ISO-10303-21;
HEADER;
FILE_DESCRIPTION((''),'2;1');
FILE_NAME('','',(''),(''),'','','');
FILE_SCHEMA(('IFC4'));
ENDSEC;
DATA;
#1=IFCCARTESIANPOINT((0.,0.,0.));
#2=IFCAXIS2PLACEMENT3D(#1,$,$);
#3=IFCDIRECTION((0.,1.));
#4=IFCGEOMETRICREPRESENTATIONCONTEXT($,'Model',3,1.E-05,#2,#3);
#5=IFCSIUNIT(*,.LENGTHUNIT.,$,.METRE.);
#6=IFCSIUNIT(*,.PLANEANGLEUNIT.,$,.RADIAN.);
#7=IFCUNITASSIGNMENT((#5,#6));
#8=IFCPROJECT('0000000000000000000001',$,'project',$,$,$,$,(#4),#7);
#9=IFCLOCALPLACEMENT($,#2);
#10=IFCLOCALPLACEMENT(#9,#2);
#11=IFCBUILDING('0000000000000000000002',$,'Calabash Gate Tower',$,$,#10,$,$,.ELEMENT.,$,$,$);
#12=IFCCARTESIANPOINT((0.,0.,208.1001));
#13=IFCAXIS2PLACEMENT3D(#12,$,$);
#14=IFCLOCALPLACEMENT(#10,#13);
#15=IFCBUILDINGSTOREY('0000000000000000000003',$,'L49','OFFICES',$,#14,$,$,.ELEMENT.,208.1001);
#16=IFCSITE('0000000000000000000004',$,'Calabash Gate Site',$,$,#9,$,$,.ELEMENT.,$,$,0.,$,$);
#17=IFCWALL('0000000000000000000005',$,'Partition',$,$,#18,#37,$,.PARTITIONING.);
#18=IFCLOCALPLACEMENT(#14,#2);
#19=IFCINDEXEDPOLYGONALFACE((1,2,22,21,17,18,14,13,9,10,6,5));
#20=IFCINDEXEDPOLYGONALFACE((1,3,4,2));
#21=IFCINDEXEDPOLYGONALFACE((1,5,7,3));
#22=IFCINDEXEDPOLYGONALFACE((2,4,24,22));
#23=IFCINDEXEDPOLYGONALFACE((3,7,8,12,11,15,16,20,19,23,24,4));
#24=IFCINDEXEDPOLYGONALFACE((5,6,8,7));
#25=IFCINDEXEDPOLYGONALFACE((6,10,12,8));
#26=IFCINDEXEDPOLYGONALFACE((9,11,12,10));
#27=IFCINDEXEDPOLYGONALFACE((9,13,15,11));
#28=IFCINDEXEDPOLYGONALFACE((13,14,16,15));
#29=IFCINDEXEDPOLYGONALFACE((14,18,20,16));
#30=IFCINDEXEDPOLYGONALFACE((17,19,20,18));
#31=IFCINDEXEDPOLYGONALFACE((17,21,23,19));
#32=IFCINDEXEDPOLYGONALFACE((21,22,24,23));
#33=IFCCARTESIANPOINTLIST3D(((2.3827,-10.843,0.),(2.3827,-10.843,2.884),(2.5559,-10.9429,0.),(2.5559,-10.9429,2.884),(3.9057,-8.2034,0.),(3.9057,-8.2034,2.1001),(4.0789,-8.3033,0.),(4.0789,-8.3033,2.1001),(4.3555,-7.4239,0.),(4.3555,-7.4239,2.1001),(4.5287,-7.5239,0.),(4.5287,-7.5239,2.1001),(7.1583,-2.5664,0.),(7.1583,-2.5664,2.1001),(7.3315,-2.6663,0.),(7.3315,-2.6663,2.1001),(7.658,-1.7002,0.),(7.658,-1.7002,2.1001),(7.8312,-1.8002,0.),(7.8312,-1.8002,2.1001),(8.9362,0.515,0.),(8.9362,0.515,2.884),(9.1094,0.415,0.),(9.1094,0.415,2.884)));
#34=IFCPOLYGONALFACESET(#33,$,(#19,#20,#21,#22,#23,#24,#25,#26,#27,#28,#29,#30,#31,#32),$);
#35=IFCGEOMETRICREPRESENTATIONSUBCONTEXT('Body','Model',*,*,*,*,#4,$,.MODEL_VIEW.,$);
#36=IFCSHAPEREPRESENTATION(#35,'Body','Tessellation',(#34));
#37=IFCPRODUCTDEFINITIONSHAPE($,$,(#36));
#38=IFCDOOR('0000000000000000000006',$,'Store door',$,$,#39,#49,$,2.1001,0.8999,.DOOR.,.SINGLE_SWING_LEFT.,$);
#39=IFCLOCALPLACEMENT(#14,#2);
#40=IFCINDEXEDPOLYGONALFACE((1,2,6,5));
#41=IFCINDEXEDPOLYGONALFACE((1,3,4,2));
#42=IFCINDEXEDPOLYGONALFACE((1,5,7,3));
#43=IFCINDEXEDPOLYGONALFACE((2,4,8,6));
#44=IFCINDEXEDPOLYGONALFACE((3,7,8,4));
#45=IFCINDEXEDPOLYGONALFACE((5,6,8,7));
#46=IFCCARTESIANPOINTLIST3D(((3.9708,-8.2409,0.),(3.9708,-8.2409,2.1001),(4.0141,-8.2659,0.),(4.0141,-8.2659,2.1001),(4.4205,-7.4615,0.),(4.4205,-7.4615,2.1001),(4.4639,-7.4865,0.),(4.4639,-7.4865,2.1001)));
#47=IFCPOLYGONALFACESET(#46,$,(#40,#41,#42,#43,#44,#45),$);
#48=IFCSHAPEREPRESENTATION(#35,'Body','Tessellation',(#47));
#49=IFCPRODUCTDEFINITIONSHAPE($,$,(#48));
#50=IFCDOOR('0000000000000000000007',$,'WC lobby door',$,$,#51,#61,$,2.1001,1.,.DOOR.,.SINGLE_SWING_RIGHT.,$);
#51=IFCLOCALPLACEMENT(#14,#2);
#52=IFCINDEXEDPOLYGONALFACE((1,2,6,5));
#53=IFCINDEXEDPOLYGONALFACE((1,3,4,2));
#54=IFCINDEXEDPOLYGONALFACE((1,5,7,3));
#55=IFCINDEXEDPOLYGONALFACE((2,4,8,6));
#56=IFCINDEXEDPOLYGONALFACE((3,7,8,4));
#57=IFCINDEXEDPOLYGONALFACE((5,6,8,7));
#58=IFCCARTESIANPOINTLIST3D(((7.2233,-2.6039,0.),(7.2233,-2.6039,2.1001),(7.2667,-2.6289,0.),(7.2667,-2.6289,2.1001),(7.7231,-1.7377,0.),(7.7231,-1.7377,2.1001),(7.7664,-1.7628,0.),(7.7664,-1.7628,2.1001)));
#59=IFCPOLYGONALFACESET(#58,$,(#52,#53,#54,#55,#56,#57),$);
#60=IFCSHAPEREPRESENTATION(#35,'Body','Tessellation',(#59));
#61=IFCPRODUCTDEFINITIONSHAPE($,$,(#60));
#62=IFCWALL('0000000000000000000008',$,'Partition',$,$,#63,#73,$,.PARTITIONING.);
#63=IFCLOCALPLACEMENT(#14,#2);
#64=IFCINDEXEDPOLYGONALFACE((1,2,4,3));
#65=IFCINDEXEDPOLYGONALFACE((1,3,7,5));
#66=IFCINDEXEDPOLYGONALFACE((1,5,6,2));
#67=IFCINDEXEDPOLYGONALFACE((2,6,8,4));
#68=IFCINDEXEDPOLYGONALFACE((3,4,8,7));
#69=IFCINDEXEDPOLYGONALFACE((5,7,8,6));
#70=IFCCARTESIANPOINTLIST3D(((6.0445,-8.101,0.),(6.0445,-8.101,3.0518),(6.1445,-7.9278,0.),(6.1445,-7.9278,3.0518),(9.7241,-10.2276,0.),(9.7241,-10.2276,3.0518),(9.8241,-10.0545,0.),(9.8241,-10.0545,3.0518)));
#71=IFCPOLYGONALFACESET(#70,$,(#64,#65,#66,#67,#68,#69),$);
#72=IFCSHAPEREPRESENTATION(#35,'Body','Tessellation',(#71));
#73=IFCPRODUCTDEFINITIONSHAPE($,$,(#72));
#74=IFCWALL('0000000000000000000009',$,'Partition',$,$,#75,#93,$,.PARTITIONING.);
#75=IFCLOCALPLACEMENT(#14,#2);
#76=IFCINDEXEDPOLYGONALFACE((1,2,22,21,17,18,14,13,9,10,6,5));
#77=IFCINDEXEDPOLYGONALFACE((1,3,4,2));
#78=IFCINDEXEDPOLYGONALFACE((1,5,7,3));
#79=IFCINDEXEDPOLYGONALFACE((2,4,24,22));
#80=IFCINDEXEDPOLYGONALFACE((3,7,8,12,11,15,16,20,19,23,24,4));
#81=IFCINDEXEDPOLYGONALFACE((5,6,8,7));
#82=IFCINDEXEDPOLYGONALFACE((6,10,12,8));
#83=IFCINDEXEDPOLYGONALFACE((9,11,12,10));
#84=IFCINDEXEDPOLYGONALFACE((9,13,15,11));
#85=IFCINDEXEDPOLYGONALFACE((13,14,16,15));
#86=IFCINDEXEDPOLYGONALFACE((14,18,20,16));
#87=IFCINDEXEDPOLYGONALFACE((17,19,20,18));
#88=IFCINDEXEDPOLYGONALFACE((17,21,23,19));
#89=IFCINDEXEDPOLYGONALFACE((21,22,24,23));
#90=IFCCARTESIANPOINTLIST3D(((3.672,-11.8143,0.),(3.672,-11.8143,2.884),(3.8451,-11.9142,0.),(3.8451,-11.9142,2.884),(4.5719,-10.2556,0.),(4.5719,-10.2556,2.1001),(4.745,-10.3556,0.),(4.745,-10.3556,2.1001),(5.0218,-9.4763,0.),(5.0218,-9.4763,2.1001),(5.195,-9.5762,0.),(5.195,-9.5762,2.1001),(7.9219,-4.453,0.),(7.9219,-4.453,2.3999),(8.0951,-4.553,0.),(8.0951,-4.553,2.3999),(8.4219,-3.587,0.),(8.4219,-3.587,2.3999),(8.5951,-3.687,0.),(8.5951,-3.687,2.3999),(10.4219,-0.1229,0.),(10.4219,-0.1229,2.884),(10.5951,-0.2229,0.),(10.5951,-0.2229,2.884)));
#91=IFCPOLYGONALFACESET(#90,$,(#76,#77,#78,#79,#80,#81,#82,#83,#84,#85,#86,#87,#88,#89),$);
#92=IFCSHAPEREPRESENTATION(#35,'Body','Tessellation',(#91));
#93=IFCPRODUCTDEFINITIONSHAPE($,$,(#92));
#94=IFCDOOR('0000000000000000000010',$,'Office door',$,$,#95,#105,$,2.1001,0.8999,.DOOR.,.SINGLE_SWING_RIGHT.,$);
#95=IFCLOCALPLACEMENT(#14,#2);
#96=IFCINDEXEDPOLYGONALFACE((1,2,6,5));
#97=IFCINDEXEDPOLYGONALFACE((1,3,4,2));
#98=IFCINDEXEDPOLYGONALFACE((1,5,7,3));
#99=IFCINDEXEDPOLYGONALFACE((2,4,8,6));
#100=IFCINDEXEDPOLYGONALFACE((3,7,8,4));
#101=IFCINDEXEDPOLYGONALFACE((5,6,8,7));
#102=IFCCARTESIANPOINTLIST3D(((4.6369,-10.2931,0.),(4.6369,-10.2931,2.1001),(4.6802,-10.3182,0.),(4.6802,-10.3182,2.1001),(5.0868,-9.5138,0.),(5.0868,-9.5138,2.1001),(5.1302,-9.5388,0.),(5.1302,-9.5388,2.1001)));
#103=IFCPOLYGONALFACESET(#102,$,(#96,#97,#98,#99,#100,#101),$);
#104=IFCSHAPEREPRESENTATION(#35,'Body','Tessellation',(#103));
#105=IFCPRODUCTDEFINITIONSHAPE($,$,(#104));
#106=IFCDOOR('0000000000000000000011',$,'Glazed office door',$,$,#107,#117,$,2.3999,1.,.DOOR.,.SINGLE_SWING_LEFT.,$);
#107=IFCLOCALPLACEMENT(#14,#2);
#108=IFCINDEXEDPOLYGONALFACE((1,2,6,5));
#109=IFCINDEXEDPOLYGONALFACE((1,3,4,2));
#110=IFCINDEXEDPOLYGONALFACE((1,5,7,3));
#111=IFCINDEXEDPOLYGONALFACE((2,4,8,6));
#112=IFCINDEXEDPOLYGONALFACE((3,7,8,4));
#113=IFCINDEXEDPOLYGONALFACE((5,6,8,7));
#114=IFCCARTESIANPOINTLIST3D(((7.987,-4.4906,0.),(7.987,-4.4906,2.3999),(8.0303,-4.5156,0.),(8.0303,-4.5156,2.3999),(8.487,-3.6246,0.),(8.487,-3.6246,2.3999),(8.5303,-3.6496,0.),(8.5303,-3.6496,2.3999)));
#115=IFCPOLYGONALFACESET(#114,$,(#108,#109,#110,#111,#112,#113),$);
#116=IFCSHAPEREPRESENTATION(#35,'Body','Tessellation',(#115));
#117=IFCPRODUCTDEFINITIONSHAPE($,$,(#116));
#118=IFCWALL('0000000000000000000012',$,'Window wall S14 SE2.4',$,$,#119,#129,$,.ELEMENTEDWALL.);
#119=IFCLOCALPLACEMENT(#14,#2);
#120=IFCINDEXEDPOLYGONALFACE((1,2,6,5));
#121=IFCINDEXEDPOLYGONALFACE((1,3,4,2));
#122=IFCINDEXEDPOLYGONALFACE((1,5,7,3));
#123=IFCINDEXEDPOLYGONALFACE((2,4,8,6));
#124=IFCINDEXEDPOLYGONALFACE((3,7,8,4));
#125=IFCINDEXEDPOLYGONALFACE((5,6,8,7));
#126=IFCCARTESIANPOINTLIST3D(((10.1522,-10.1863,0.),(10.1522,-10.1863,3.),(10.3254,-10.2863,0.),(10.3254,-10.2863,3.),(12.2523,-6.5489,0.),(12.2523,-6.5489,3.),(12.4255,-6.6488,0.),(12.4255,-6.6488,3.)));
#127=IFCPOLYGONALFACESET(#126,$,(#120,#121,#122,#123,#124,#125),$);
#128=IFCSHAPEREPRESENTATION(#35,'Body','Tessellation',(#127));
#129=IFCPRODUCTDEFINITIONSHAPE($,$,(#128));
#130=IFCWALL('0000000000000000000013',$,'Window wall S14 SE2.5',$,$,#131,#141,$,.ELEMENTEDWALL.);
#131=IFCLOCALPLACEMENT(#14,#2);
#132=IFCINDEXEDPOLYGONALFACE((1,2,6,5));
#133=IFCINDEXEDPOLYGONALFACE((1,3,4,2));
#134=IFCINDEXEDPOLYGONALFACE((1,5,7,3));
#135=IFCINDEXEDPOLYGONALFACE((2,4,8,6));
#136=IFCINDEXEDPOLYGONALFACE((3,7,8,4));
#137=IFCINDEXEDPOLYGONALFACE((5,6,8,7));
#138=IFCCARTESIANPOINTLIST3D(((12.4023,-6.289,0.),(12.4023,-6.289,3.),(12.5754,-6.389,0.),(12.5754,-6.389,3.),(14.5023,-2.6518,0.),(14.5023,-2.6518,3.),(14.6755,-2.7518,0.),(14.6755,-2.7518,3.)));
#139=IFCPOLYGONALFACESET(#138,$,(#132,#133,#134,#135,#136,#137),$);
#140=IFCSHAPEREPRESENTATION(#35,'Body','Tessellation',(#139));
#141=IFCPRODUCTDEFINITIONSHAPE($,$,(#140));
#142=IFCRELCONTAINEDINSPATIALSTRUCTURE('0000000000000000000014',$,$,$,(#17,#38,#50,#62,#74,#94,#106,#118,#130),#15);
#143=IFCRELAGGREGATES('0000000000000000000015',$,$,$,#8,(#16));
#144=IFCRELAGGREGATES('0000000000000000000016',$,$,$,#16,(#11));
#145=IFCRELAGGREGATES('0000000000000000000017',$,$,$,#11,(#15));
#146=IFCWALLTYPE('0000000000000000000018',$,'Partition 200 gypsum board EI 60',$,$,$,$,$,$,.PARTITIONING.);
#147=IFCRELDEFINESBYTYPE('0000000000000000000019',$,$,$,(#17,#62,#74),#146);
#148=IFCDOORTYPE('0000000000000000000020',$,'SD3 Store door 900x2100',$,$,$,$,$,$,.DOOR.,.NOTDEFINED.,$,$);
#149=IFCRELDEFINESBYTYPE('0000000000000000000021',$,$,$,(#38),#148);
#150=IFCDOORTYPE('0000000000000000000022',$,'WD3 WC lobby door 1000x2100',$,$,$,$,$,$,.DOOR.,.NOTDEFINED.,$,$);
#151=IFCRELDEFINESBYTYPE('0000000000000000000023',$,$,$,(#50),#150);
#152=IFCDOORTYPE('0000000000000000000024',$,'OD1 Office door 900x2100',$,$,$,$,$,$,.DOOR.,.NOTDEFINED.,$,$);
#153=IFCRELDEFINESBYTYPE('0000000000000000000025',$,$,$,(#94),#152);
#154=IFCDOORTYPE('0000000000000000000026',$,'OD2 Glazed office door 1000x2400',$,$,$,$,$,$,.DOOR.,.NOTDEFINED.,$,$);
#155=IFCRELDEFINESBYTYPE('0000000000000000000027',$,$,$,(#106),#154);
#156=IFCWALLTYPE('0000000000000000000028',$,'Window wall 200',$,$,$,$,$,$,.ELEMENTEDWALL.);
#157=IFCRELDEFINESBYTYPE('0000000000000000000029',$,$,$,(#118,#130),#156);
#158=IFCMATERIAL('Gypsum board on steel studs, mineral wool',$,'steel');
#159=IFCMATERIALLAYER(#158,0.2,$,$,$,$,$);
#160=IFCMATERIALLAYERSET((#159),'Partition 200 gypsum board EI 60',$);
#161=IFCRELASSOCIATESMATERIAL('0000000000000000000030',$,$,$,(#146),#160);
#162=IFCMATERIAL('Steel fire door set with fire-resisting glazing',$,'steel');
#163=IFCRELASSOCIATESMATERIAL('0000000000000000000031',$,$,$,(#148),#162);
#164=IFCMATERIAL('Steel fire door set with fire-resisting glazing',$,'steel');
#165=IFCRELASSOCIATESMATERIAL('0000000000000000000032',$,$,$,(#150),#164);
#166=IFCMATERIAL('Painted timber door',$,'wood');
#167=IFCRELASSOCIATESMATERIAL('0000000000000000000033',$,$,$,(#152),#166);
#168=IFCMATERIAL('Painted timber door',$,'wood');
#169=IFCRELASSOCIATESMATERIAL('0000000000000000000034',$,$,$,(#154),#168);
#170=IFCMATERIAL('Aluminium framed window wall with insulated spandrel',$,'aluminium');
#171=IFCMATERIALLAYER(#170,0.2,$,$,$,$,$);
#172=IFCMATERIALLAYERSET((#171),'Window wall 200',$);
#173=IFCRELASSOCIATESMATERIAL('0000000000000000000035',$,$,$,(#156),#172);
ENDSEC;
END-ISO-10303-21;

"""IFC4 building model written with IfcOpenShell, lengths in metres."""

from ifc_helpers import new_model, si_unit, direction, frame, frame_2d, origin, place, context, subcontext, project, spatial, rectangle, extrude, material, layer, layer_set, type_object, element, fill, save


model = new_model("IFC4")

# Units and contexts
model_context = context("Model", 3, precision=1e-05, world=origin(), true_north=direction((0.0, 1.0)))
body_context = subcontext(model_context, "Body", "Model", "MODEL_VIEW")
ifc_project = project(units=[si_unit("LENGTHUNIT", "METRE"), si_unit("PLANEANGLEUNIT", "RADIAN")], contexts=[model_context])

# Site, building, storey
site_placement = place(None, origin())
site = spatial("IfcSite", under=ifc_project, at=site_placement, Name="Calabash Gate Site", CompositionType="ELEMENT", RefElevation=0.0)
building_placement = place(site_placement, origin())
building = spatial("IfcBuilding", under=site, at=building_placement, Name="Calabash Gate Tower", CompositionType="ELEMENT")
storey_placement = place(building_placement, frame((0.0, 0.0, 208.1001)))
storey = spatial("IfcBuildingStorey", under=building, at=storey_placement, Name="L49", Description="OFFICES", CompositionType="ELEMENT", Elevation=208.1001)

# Shared definitions
ifc_material_1 = material(Name="Gypsum board on steel studs, mineral wool", Category="steel")
ifc_layer_1 = layer(ifc_material_1, 0.2)
ifc_layer_set_1 = layer_set([ifc_layer_1], Name="Partition 200 gypsum board EI 60")
wall_type_1 = type_object("IfcWallType", Name="Partition 200 gypsum board EI 60", PredefinedType="PARTITIONING", material=ifc_layer_set_1)

# Wall, openings, doors
wall_1_placement = place(storey_placement, frame((2.4692, -10.8931, 0.0), z_axis=(0.0, 0.0, 1.0), x_axis=(0.49977, 0.866158, 0.0)))
wall_1 = element("IfcWall", 1, at=wall_1_placement, inside=storey, type_object=wall_type_1, Name="Partition", PredefinedType="PARTITIONING", context=body_context, shape_type="SweptSolid", body=[
    extrude(rectangle(XDim=13.113, YDim=0.2, at=frame_2d((6.5566, 0.0))), origin(), (0.0, 0.0, 1.0), 2.884),
])
opening_1_placement = place(wall_1_placement, frame((3.0476, 0.0, 0.0)))
opening_1 = element("IfcOpeningElement", 2, at=opening_1_placement, cuts=wall_1, PredefinedType="OPENING", context=body_context, shape_type="SweptSolid", body=[
    extrude(rectangle(XDim=0.8999, YDim=2.1001, at=frame_2d((0.45, 1.05))), frame((0.0, 0.1099, 0.0), z_axis=(0.0, -1.0, 0.0), x_axis=(1.0, 0.0, 0.0)), (0.0, 0.0, 1.0), 0.22),
])
opening_2_placement = place(wall_1_placement, frame((9.5557, 0.0, 0.0)))
opening_2 = element("IfcOpeningElement", 3, at=opening_2_placement, cuts=wall_1, PredefinedType="OPENING", context=body_context, shape_type="SweptSolid", body=[
    extrude(rectangle(XDim=1.0, YDim=2.1001, at=frame_2d((0.5, 1.05))), frame((0.0, 0.1099, 0.0), z_axis=(0.0, -1.0, 0.0), x_axis=(1.0, 0.0, 0.0)), (0.0, 0.0, 1.0), 0.22),
])
ifc_material_2 = material(Name="Steel fire door set with fire-resisting glazing", Category="steel")
door_type_1 = type_object("IfcDoorType", Name="SD3 Store door 900x2100", OperationType="NOTDEFINED", PredefinedType="DOOR", material=ifc_material_2)
door_1_placement = place(opening_1_placement, origin())
door_1 = element("IfcDoor", 4, at=door_1_placement, inside=storey, type_object=door_type_1, Name="Store door", OperationType="SINGLE_SWING_LEFT", OverallHeight=2.1001, OverallWidth=0.8999, PredefinedType="DOOR", context=body_context, shape_type="SweptSolid", body=[
    extrude(rectangle(XDim=0.8999, YDim=2.1001, at=frame_2d((0.45, 1.05))), frame((0.0, 0.0249, 0.0), z_axis=(0.0, -1.0, 0.0), x_axis=(1.0, 0.0, 0.0)), (0.0, 0.0, 1.0), 0.05),
])
fill(opening_1, door_1)
ifc_material_3 = material(Name="Steel fire door set with fire-resisting glazing", Category="steel")
door_type_2 = type_object("IfcDoorType", Name="WD3 WC lobby door 1000x2100", OperationType="NOTDEFINED", PredefinedType="DOOR", material=ifc_material_3)
door_2_placement = place(opening_2_placement, origin())
door_2 = element("IfcDoor", 5, at=door_2_placement, inside=storey, type_object=door_type_2, Name="WC lobby door", OperationType="SINGLE_SWING_RIGHT", OverallHeight=2.1001, OverallWidth=1.0, PredefinedType="DOOR", context=body_context, shape_type="SweptSolid", body=[
    extrude(rectangle(XDim=1.0, YDim=2.1001, at=frame_2d((0.5, 1.05))), frame((0.0, 0.0249, 0.0), z_axis=(0.0, -1.0, 0.0), x_axis=(1.0, 0.0, 0.0)), (0.0, 0.0, 1.0), 0.05),
])
fill(opening_2, door_2)

# Wall
wall_2_placement = place(storey_placement, frame((6.0945, -8.0144, 0.0), z_axis=(0.0, 0.0, 1.0), x_axis=(0.865797, -0.500395, 0.0)))
element("IfcWall", 6, at=wall_2_placement, inside=storey, type_object=wall_type_1, Name="Partition", PredefinedType="PARTITIONING", context=body_context, shape_type="SweptSolid", body=[
    extrude(rectangle(XDim=4.25, YDim=0.2, at=frame_2d((2.125, 0.0))), origin(), (0.0, 0.0, 1.0), 3.0518),
])

# Wall, openings, doors
wall_3_placement = place(storey_placement, frame((3.7585, -11.8643, 0.0), z_axis=(0.0, 0.0, 1.0), x_axis=(0.499998, 0.866027, 0.0)))
wall_3 = element("IfcWall", 7, at=wall_3_placement, inside=storey, type_object=wall_type_1, Name="Partition", PredefinedType="PARTITIONING", context=body_context, shape_type="SweptSolid", body=[
    extrude(rectangle(XDim=13.5, YDim=0.2, at=frame_2d((6.75, 0.0))), origin(), (0.0, 0.0, 1.0), 2.884),
])
opening_3_placement = place(wall_3_placement, frame((1.7998, 0.0, 0.0)))
opening_3 = element("IfcOpeningElement", 8, at=opening_3_placement, cuts=wall_3, PredefinedType="OPENING", context=body_context, shape_type="SweptSolid", body=[
    extrude(rectangle(XDim=0.8999, YDim=2.1001, at=frame_2d((0.45, 1.05))), frame((0.0, 0.1099, 0.0), z_axis=(0.0, -1.0, 0.0), x_axis=(1.0, 0.0, 0.0)), (0.0, 0.0, 1.0), 0.22),
])
opening_4_placement = place(wall_3_placement, frame((8.5, 0.0, 0.0)))
opening_4 = element("IfcOpeningElement", 9, at=opening_4_placement, cuts=wall_3, PredefinedType="OPENING", context=body_context, shape_type="SweptSolid", body=[
    extrude(rectangle(XDim=1.0, YDim=2.3999, at=frame_2d((0.5, 1.2))), frame((0.0, 0.1099, 0.0), z_axis=(0.0, -1.0, 0.0), x_axis=(1.0, 0.0, 0.0)), (0.0, 0.0, 1.0), 0.22),
])
ifc_material_4 = material(Name="Painted timber door", Category="wood")
door_type_3 = type_object("IfcDoorType", Name="OD1 Office door 900x2100", OperationType="NOTDEFINED", PredefinedType="DOOR", material=ifc_material_4)
door_3_placement = place(opening_3_placement, origin())
door_3 = element("IfcDoor", 10, at=door_3_placement, inside=storey, type_object=door_type_3, Name="Office door", OperationType="SINGLE_SWING_RIGHT", OverallHeight=2.1001, OverallWidth=0.8999, PredefinedType="DOOR", context=body_context, shape_type="SweptSolid", body=[
    extrude(rectangle(XDim=0.8999, YDim=2.1001, at=frame_2d((0.45, 1.05))), frame((0.0, 0.0249, 0.0), z_axis=(0.0, -1.0, 0.0), x_axis=(1.0, 0.0, 0.0)), (0.0, 0.0, 1.0), 0.05),
])
fill(opening_3, door_3)
ifc_material_5 = material(Name="Painted timber door", Category="wood")
door_type_4 = type_object("IfcDoorType", Name="OD2 Glazed office door 1000x2400", OperationType="NOTDEFINED", PredefinedType="DOOR", material=ifc_material_5)
door_4_placement = place(opening_4_placement, origin())
door_4 = element("IfcDoor", 11, at=door_4_placement, inside=storey, type_object=door_type_4, Name="Glazed office door", OperationType="SINGLE_SWING_LEFT", OverallHeight=2.3999, OverallWidth=1.0, PredefinedType="DOOR", context=body_context, shape_type="SweptSolid", body=[
    extrude(rectangle(XDim=1.0, YDim=2.3999, at=frame_2d((0.5, 1.2))), frame((0.0, 0.0249, 0.0), z_axis=(0.0, -1.0, 0.0), x_axis=(1.0, 0.0, 0.0)), (0.0, 0.0, 1.0), 0.05),
])
fill(opening_4, door_4)

# Walls
ifc_material_6 = material(Name="Aluminium framed window wall with insulated spandrel", Category="aluminium")
ifc_layer_2 = layer(ifc_material_6, 0.2)
ifc_layer_set_2 = layer_set([ifc_layer_2], Name="Window wall 200")
wall_type_2 = type_object("IfcWallType", Name="Window wall 200", PredefinedType="ELEMENTEDWALL", material=ifc_layer_set_2)
wall_4_placement = place(storey_placement, frame((10.2388, -10.2363, 0.0), z_axis=(0.0, 0.0, 1.0), x_axis=(0.500003, 0.866024, 0.0)))
element("IfcWall", 12, at=wall_4_placement, inside=storey, type_object=wall_type_2, Name="Window wall S14 SE2.4", PredefinedType="ELEMENTEDWALL", context=body_context, shape_type="SweptSolid", body=[
    extrude(rectangle(XDim=4.2002, YDim=0.2, at=frame_2d((2.1001, 0.0))), origin(), (0.0, 0.0, 1.0), 3.0),
])
wall_5_placement = place(storey_placement, frame((12.4888, -6.3391, 0.0), z_axis=(0.0, 0.0, 1.0), x_axis=(0.500028, 0.866009, 0.0)))
element("IfcWall", 13, at=wall_5_placement, inside=storey, type_object=wall_type_2, Name="Window wall S14 SE2.5", PredefinedType="ELEMENTEDWALL", context=body_context, shape_type="SweptSolid", body=[
    extrude(rectangle(XDim=4.2, YDim=0.2, at=frame_2d((2.1001, 0.0))), origin(), (0.0, 0.0, 1.0), 3.0),
])

save(model, "model.ifc")
